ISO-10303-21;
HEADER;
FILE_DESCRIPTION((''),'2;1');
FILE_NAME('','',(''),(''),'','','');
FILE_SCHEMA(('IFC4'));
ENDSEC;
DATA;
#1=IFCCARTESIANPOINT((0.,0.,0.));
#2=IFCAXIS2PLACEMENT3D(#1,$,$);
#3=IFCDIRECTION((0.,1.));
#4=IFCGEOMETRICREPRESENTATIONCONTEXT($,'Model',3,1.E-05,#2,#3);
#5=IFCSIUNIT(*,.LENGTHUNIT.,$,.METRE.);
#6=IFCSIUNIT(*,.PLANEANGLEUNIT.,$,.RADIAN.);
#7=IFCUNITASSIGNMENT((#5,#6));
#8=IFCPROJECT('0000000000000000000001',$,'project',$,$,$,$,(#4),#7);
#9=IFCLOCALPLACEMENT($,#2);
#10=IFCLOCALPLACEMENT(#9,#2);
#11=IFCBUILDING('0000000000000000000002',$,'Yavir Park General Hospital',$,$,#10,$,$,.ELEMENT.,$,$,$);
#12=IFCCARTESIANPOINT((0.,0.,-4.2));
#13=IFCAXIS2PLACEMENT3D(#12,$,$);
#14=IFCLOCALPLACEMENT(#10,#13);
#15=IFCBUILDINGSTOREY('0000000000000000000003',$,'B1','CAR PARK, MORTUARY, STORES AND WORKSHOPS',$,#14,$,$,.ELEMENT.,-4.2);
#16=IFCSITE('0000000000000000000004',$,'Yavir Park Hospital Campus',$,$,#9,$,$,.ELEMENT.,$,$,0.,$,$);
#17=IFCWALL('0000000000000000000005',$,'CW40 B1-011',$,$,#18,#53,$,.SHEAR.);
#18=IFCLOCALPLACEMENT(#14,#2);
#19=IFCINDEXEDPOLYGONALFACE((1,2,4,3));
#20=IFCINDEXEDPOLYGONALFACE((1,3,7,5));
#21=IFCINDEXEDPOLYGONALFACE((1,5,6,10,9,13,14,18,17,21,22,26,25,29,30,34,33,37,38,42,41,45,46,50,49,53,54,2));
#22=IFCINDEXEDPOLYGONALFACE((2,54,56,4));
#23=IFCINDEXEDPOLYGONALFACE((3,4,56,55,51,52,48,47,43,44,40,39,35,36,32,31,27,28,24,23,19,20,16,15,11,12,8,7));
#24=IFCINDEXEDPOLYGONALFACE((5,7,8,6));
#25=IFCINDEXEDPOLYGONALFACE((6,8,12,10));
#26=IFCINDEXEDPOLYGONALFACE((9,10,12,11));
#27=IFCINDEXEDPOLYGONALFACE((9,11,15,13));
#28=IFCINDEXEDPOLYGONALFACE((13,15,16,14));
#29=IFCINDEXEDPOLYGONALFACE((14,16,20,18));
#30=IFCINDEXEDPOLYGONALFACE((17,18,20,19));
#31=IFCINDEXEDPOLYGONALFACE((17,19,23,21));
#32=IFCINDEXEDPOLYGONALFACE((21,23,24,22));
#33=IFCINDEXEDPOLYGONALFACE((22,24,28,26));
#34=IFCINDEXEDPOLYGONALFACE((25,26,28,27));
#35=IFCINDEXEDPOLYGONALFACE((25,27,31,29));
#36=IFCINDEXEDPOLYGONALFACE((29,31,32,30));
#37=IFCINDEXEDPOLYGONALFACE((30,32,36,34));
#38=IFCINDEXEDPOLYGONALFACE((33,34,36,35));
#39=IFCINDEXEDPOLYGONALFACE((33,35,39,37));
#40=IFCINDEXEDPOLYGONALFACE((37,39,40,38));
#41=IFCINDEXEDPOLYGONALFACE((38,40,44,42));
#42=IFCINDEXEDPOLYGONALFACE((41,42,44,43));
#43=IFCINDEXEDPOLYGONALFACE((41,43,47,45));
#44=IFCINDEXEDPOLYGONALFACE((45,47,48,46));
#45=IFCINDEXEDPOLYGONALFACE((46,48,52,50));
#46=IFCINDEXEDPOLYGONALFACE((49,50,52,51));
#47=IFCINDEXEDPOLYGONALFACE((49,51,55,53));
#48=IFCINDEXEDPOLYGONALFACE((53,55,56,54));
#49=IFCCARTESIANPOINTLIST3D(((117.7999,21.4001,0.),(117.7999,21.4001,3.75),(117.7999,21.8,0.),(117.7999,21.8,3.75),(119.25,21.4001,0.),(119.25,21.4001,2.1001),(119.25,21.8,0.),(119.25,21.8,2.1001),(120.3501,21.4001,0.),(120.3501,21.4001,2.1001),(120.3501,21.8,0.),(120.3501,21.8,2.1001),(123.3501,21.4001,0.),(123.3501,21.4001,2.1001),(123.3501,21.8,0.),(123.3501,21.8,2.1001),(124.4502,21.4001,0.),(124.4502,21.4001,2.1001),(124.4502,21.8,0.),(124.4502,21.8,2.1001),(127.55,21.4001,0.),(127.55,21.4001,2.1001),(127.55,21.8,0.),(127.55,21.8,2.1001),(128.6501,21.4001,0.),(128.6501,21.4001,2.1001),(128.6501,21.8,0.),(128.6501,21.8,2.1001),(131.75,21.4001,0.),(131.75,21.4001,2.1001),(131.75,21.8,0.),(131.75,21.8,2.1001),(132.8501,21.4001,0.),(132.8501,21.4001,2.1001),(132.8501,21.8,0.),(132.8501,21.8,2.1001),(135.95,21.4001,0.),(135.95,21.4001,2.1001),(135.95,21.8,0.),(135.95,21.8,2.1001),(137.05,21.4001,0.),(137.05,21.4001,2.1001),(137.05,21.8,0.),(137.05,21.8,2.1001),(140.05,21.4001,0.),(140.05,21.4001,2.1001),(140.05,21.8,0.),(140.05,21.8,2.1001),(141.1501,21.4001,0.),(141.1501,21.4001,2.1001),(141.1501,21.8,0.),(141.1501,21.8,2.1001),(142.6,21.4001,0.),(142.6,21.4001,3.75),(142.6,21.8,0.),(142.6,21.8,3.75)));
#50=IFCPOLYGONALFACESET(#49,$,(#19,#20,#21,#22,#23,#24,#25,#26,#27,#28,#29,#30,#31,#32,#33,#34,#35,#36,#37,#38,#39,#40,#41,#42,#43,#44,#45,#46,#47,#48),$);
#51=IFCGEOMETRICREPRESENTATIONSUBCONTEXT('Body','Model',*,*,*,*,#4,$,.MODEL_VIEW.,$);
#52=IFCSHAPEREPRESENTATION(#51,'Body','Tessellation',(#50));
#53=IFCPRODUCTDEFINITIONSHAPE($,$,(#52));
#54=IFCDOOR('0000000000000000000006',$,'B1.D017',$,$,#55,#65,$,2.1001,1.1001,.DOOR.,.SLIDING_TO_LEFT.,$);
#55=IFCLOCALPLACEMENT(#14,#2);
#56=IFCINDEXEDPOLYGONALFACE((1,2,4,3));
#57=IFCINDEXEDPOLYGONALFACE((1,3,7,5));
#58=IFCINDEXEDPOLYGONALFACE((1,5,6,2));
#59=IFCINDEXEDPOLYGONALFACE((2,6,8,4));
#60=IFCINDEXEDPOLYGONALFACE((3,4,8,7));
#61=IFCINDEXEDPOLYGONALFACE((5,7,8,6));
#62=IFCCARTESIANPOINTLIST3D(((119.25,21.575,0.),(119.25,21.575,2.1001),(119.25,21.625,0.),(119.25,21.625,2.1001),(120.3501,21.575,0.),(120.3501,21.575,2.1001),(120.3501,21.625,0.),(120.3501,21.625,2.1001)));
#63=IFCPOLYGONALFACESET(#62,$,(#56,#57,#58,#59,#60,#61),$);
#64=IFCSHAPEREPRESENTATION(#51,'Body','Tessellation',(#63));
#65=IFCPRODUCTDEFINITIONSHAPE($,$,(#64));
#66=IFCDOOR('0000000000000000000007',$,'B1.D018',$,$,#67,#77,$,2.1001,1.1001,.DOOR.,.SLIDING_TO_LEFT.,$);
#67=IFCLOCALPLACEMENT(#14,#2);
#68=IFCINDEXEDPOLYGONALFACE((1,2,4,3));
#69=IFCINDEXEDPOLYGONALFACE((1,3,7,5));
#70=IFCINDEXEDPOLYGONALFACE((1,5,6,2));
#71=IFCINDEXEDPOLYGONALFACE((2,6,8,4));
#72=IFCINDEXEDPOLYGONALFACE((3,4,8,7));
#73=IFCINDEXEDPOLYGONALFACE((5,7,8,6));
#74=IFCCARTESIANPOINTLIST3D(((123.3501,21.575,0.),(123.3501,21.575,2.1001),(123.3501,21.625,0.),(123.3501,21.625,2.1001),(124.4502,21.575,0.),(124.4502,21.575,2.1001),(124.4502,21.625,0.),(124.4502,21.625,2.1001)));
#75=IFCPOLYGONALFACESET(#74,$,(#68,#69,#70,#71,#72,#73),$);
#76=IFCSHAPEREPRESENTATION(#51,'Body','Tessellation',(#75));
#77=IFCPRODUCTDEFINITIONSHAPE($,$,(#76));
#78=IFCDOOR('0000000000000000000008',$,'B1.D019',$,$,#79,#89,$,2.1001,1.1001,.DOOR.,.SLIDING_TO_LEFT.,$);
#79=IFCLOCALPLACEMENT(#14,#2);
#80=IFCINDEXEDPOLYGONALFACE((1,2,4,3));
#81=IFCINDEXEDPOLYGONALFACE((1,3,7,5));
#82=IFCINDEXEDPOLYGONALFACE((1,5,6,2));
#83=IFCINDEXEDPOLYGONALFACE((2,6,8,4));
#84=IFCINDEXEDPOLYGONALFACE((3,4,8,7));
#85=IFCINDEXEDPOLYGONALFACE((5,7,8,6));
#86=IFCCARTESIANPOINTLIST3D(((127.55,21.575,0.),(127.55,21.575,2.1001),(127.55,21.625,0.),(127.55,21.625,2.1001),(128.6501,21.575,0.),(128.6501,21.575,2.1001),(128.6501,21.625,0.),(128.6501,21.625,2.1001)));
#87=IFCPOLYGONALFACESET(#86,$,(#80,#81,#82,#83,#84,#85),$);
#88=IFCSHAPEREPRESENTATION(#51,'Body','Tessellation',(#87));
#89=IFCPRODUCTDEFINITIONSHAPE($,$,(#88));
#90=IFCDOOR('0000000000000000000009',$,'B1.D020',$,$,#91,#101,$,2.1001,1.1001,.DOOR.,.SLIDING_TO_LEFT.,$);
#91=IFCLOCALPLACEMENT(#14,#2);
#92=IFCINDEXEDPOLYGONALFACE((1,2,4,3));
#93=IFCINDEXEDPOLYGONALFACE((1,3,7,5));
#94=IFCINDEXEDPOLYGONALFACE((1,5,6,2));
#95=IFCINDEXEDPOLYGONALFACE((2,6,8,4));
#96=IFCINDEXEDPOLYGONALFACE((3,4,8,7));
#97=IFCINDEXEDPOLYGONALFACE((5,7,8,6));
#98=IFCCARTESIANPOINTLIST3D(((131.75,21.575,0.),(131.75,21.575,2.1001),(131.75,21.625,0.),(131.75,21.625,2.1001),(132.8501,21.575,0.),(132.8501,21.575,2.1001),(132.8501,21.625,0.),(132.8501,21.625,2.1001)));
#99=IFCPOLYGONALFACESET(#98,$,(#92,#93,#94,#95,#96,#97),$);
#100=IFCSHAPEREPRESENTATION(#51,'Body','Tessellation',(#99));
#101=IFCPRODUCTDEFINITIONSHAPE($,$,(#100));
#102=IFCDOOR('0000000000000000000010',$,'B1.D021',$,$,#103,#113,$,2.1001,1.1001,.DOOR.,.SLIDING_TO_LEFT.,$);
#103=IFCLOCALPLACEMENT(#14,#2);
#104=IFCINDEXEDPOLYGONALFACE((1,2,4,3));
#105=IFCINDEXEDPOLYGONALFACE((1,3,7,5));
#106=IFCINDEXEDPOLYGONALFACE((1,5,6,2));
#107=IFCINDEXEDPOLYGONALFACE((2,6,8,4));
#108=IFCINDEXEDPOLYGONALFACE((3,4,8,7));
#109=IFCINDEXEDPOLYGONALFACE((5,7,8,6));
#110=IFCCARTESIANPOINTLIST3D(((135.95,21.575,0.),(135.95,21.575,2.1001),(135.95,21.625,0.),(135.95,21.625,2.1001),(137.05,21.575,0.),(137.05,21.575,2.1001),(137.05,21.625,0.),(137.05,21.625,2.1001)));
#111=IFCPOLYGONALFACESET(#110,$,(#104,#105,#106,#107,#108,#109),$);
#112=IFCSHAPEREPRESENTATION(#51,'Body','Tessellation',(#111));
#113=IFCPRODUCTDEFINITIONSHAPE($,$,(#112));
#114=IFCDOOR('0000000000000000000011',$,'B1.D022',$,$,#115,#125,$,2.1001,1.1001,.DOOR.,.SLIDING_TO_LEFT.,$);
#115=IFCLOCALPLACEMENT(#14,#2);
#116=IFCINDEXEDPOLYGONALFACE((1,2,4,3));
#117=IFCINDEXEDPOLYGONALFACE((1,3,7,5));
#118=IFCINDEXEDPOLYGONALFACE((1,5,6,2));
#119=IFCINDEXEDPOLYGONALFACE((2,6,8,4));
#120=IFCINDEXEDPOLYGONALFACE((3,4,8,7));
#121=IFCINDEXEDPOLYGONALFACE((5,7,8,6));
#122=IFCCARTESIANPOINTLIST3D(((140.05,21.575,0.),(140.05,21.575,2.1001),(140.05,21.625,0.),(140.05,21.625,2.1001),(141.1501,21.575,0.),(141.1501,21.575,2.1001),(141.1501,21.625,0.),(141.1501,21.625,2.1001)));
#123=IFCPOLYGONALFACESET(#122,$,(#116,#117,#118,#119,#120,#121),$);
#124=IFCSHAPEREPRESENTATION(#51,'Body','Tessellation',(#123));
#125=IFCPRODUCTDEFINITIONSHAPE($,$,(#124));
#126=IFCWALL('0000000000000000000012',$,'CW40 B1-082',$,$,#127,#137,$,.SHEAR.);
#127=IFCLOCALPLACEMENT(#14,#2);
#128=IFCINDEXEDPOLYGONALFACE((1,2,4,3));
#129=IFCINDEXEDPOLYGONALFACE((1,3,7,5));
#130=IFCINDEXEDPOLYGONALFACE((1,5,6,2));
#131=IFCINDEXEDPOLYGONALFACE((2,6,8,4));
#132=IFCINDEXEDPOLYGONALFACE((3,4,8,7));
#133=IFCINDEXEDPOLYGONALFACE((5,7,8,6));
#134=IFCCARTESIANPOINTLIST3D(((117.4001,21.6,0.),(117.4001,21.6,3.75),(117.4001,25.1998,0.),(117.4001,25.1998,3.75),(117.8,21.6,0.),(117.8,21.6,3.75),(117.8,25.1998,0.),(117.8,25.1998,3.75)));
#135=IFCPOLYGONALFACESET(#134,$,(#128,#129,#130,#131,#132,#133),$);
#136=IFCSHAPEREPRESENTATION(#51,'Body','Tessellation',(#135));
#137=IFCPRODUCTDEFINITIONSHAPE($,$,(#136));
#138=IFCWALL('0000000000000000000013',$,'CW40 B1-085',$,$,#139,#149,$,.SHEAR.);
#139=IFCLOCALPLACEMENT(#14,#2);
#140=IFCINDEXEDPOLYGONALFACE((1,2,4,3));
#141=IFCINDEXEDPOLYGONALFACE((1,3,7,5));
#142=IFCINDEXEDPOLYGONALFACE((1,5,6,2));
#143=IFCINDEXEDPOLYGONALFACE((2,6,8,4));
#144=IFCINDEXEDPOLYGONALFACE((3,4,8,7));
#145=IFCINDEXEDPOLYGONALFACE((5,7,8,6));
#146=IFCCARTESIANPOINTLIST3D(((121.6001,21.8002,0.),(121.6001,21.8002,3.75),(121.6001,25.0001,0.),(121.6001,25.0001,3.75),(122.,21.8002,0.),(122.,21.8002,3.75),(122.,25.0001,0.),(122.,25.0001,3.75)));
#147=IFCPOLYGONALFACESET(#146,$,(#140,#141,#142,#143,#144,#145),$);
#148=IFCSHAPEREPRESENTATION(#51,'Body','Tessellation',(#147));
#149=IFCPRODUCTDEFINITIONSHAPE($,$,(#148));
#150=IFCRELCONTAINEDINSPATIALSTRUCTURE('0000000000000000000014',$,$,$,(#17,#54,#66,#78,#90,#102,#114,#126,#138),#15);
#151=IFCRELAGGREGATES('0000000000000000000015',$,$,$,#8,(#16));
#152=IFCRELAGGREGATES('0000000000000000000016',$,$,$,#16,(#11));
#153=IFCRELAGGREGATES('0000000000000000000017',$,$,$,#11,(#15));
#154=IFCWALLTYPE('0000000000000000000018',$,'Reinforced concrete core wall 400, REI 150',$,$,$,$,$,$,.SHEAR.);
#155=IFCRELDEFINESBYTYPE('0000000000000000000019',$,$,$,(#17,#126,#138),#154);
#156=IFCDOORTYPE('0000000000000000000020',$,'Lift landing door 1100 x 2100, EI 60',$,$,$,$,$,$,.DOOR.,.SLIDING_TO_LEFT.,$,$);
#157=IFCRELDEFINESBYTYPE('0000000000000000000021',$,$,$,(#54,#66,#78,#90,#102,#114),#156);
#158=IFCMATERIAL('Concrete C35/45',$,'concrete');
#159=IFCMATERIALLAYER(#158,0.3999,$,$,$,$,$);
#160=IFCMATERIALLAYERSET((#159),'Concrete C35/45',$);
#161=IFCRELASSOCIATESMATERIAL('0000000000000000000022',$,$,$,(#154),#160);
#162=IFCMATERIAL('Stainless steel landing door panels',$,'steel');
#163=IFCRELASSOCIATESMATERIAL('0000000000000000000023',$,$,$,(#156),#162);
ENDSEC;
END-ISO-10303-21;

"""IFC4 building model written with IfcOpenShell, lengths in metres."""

from ifc_helpers import new_model, si_unit, direction, frame, frame_2d, origin, place, context, subcontext, project, spatial, rectangle, extrude, material, layer, layer_set, type_object, element, fill, save


model = new_model("IFC4")

# Units and contexts
model_context = context("Model", 3, precision=1e-05, world=origin(), true_north=direction((0.0, 1.0)))
body_context = subcontext(model_context, "Body", "Model", "MODEL_VIEW")
ifc_project = project(units=[si_unit("LENGTHUNIT", "METRE"), si_unit("PLANEANGLEUNIT", "RADIAN")], contexts=[model_context])

# Site, building, storey
site_placement = place(None, origin())
site = spatial("IfcSite", under=ifc_project, at=site_placement, Name="Yavir Park Hospital Campus", CompositionType="ELEMENT", RefElevation=0.0)
building_placement = place(site_placement, origin())
building = spatial("IfcBuilding", under=site, at=building_placement, Name="Yavir Park General Hospital", CompositionType="ELEMENT")
storey_placement = place(building_placement, frame((0.0, 0.0, -4.2)))
storey = spatial("IfcBuildingStorey", under=building, at=storey_placement, Name="B1", Description="CAR PARK, MORTUARY, STORES AND WORKSHOPS", CompositionType="ELEMENT", Elevation=-4.2)

# Wall, openings, doors
ifc_material_1 = material(Name="Concrete C35/45", Category="concrete")
ifc_layer_1 = layer(ifc_material_1, 0.3999)
ifc_layer_set_1 = layer_set([ifc_layer_1], Name="Concrete C35/45")
wall_type_1 = type_object("IfcWallType", Name="Reinforced concrete core wall 400, REI 150", PredefinedType="SHEAR", material=ifc_layer_set_1)
wall_1_placement = place(storey_placement, frame((117.8, 21.6001, 0.0), z_axis=(0.0, 0.0, 1.0), x_axis=(1.0, 0.0, 0.0)))
wall_1 = element("IfcWall", 1, at=wall_1_placement, inside=storey, type_object=wall_type_1, Name="CW40 B1-011", PredefinedType="SHEAR", context=body_context, shape_type="SweptSolid", body=[
    extrude(rectangle(XDim=24.8, YDim=0.3999, at=frame_2d((12.3999, 0.0))), origin(), (0.0, 0.0, 1.0), 3.75),
])
opening_1_placement = place(wall_1_placement, frame((1.45, 0.0, 0.0)))
opening_1 = element("IfcOpeningElement", 2, at=opening_1_placement, cuts=wall_1, PredefinedType="OPENING", context=body_context, shape_type="SweptSolid", body=[
    extrude(rectangle(XDim=1.1001, YDim=2.1001, at=frame_2d((0.55, 1.05))), frame((0.0, 0.21, 0.0), z_axis=(0.0, -1.0, 0.0), x_axis=(1.0, 0.0, 0.0)), (0.0, 0.0, 1.0), 0.4199),
])
opening_2_placement = place(wall_1_placement, frame((5.55, 0.0, 0.0)))
opening_2 = element("IfcOpeningElement", 3, at=opening_2_placement, cuts=wall_1, PredefinedType="OPENING", context=body_context, shape_type="SweptSolid", body=[
    extrude(rectangle(XDim=1.1001, YDim=2.1001, at=frame_2d((0.55, 1.05))), frame((0.0, 0.21, 0.0), z_axis=(0.0, -1.0, 0.0), x_axis=(1.0, 0.0, 0.0)), (0.0, 0.0, 1.0), 0.4199),
])
opening_3_placement = place(wall_1_placement, frame((9.75, 0.0, 0.0)))
opening_3 = element("IfcOpeningElement", 4, at=opening_3_placement, cuts=wall_1, PredefinedType="OPENING", context=body_context, shape_type="SweptSolid", body=[
    extrude(rectangle(XDim=1.1001, YDim=2.1001, at=frame_2d((0.55, 1.05))), frame((0.0, 0.21, 0.0), z_axis=(0.0, -1.0, 0.0), x_axis=(1.0, 0.0, 0.0)), (0.0, 0.0, 1.0), 0.4199),
])
opening_4_placement = place(wall_1_placement, frame((13.95, 0.0, 0.0)))
opening_4 = element("IfcOpeningElement", 5, at=opening_4_placement, cuts=wall_1, PredefinedType="OPENING", context=body_context, shape_type="SweptSolid", body=[
    extrude(rectangle(XDim=1.1001, YDim=2.1001, at=frame_2d((0.55, 1.05))), frame((0.0, 0.21, 0.0), z_axis=(0.0, -1.0, 0.0), x_axis=(1.0, 0.0, 0.0)), (0.0, 0.0, 1.0), 0.4199),
])
opening_5_placement = place(wall_1_placement, frame((18.1499, 0.0, 0.0)))
opening_5 = element("IfcOpeningElement", 6, at=opening_5_placement, cuts=wall_1, PredefinedType="OPENING", context=body_context, shape_type="SweptSolid", body=[
    extrude(rectangle(XDim=1.1001, YDim=2.1001, at=frame_2d((0.55, 1.05))), frame((0.0, 0.21, 0.0), z_axis=(0.0, -1.0, 0.0), x_axis=(1.0, 0.0, 0.0)), (0.0, 0.0, 1.0), 0.4199),
])
opening_6_placement = place(wall_1_placement, frame((22.25, 0.0, 0.0)))
opening_6 = element("IfcOpeningElement", 7, at=opening_6_placement, cuts=wall_1, PredefinedType="OPENING", context=body_context, shape_type="SweptSolid", body=[
    extrude(rectangle(XDim=1.1001, YDim=2.1001, at=frame_2d((0.55, 1.05))), frame((0.0, 0.21, 0.0), z_axis=(0.0, -1.0, 0.0), x_axis=(1.0, 0.0, 0.0)), (0.0, 0.0, 1.0), 0.4199),
])
ifc_material_2 = material(Name="Stainless steel landing door panels", Category="steel")
door_type_1 = type_object("IfcDoorType", Name="Lift landing door 1100 x 2100, EI 60", OperationType="SLIDING_TO_LEFT", PredefinedType="DOOR", material=ifc_material_2)
door_1_placement = place(opening_1_placement, origin())
door_1 = element("IfcDoor", 8, at=door_1_placement, inside=storey, type_object=door_type_1, Name="B1.D017", OperationType="SLIDING_TO_LEFT", OverallHeight=2.1001, OverallWidth=1.1001, PredefinedType="DOOR", context=body_context, shape_type="SweptSolid", body=[
    extrude(rectangle(XDim=1.1001, YDim=2.1001, at=frame_2d((0.55, 1.05))), frame((0.0, 0.0249, 0.0), z_axis=(0.0, -1.0, 0.0), x_axis=(1.0, 0.0, 0.0)), (0.0, 0.0, 1.0), 0.05),
])
fill(opening_1, door_1)
door_2_placement = place(opening_2_placement, origin())
door_2 = element("IfcDoor", 9, at=door_2_placement, inside=storey, type_object=door_type_1, Name="B1.D018", OperationType="SLIDING_TO_LEFT", OverallHeight=2.1001, OverallWidth=1.1001, PredefinedType="DOOR", context=body_context, shape_type="SweptSolid", body=[
    extrude(rectangle(XDim=1.1001, YDim=2.1001, at=frame_2d((0.55, 1.05))), frame((0.0, 0.0249, 0.0), z_axis=(0.0, -1.0, 0.0), x_axis=(1.0, 0.0, 0.0)), (0.0, 0.0, 1.0), 0.05),
])
fill(opening_2, door_2)
door_3_placement = place(opening_3_placement, origin())
door_3 = element("IfcDoor", 10, at=door_3_placement, inside=storey, type_object=door_type_1, Name="B1.D019", OperationType="SLIDING_TO_LEFT", OverallHeight=2.1001, OverallWidth=1.1001, PredefinedType="DOOR", context=body_context, shape_type="SweptSolid", body=[
    extrude(rectangle(XDim=1.1001, YDim=2.1001, at=frame_2d((0.55, 1.05))), frame((0.0, 0.0249, 0.0), z_axis=(0.0, -1.0, 0.0), x_axis=(1.0, 0.0, 0.0)), (0.0, 0.0, 1.0), 0.05),
])
fill(opening_3, door_3)
door_4_placement = place(opening_4_placement, origin())
door_4 = element("IfcDoor", 11, at=door_4_placement, inside=storey, type_object=door_type_1, Name="B1.D020", OperationType="SLIDING_TO_LEFT", OverallHeight=2.1001, OverallWidth=1.1001, PredefinedType="DOOR", context=body_context, shape_type="SweptSolid", body=[
    extrude(rectangle(XDim=1.1001, YDim=2.1001, at=frame_2d((0.55, 1.05))), frame((0.0, 0.0249, 0.0), z_axis=(0.0, -1.0, 0.0), x_axis=(1.0, 0.0, 0.0)), (0.0, 0.0, 1.0), 0.05),
])
fill(opening_4, door_4)
door_5_placement = place(opening_5_placement, origin())
door_5 = element("IfcDoor", 12, at=door_5_placement, inside=storey, type_object=door_type_1, Name="B1.D021", OperationType="SLIDING_TO_LEFT", OverallHeight=2.1001, OverallWidth=1.1001, PredefinedType="DOOR", context=body_context, shape_type="SweptSolid", body=[
    extrude(rectangle(XDim=1.1001, YDim=2.1001, at=frame_2d((0.55, 1.05))), frame((0.0, 0.0249, 0.0), z_axis=(0.0, -1.0, 0.0), x_axis=(1.0, 0.0, 0.0)), (0.0, 0.0, 1.0), 0.05),
])
fill(opening_5, door_5)
door_6_placement = place(opening_6_placement, origin())
door_6 = element("IfcDoor", 13, at=door_6_placement, inside=storey, type_object=door_type_1, Name="B1.D022", OperationType="SLIDING_TO_LEFT", OverallHeight=2.1001, OverallWidth=1.1001, PredefinedType="DOOR", context=body_context, shape_type="SweptSolid", body=[
    extrude(rectangle(XDim=1.1001, YDim=2.1001, at=frame_2d((0.55, 1.05))), frame((0.0, 0.0249, 0.0), z_axis=(0.0, -1.0, 0.0), x_axis=(1.0, 0.0, 0.0)), (0.0, 0.0, 1.0), 0.05),
])
fill(opening_6, door_6)

# Walls
wall_2_placement = place(storey_placement, frame((117.6001, 21.6001, 0.0), z_axis=(0.0, 0.0, 1.0), x_axis=(0.0, 1.0, 0.0)))
element("IfcWall", 14, at=wall_2_placement, inside=storey, type_object=wall_type_1, Name="CW40 B1-082", PredefinedType="SHEAR", context=body_context, shape_type="SweptSolid", body=[
    extrude(rectangle(XDim=3.5999, YDim=0.3999, at=frame_2d((1.7998, 0.0))), origin(), (0.0, 0.0, 1.0), 3.75),
])
wall_3_placement = place(storey_placement, frame((121.8, 21.8, 0.0), z_axis=(0.0, 0.0, 1.0), x_axis=(0.0, 1.0, 0.0)))
element("IfcWall", 15, at=wall_3_placement, inside=storey, type_object=wall_type_1, Name="CW40 B1-085", PredefinedType="SHEAR", context=body_context, shape_type="SweptSolid", body=[
    extrude(rectangle(XDim=3.2, YDim=0.3999, at=frame_2d((1.6001, 0.0))), origin(), (0.0, 0.0, 1.0), 3.75),
])

save(model, "model.ifc")
